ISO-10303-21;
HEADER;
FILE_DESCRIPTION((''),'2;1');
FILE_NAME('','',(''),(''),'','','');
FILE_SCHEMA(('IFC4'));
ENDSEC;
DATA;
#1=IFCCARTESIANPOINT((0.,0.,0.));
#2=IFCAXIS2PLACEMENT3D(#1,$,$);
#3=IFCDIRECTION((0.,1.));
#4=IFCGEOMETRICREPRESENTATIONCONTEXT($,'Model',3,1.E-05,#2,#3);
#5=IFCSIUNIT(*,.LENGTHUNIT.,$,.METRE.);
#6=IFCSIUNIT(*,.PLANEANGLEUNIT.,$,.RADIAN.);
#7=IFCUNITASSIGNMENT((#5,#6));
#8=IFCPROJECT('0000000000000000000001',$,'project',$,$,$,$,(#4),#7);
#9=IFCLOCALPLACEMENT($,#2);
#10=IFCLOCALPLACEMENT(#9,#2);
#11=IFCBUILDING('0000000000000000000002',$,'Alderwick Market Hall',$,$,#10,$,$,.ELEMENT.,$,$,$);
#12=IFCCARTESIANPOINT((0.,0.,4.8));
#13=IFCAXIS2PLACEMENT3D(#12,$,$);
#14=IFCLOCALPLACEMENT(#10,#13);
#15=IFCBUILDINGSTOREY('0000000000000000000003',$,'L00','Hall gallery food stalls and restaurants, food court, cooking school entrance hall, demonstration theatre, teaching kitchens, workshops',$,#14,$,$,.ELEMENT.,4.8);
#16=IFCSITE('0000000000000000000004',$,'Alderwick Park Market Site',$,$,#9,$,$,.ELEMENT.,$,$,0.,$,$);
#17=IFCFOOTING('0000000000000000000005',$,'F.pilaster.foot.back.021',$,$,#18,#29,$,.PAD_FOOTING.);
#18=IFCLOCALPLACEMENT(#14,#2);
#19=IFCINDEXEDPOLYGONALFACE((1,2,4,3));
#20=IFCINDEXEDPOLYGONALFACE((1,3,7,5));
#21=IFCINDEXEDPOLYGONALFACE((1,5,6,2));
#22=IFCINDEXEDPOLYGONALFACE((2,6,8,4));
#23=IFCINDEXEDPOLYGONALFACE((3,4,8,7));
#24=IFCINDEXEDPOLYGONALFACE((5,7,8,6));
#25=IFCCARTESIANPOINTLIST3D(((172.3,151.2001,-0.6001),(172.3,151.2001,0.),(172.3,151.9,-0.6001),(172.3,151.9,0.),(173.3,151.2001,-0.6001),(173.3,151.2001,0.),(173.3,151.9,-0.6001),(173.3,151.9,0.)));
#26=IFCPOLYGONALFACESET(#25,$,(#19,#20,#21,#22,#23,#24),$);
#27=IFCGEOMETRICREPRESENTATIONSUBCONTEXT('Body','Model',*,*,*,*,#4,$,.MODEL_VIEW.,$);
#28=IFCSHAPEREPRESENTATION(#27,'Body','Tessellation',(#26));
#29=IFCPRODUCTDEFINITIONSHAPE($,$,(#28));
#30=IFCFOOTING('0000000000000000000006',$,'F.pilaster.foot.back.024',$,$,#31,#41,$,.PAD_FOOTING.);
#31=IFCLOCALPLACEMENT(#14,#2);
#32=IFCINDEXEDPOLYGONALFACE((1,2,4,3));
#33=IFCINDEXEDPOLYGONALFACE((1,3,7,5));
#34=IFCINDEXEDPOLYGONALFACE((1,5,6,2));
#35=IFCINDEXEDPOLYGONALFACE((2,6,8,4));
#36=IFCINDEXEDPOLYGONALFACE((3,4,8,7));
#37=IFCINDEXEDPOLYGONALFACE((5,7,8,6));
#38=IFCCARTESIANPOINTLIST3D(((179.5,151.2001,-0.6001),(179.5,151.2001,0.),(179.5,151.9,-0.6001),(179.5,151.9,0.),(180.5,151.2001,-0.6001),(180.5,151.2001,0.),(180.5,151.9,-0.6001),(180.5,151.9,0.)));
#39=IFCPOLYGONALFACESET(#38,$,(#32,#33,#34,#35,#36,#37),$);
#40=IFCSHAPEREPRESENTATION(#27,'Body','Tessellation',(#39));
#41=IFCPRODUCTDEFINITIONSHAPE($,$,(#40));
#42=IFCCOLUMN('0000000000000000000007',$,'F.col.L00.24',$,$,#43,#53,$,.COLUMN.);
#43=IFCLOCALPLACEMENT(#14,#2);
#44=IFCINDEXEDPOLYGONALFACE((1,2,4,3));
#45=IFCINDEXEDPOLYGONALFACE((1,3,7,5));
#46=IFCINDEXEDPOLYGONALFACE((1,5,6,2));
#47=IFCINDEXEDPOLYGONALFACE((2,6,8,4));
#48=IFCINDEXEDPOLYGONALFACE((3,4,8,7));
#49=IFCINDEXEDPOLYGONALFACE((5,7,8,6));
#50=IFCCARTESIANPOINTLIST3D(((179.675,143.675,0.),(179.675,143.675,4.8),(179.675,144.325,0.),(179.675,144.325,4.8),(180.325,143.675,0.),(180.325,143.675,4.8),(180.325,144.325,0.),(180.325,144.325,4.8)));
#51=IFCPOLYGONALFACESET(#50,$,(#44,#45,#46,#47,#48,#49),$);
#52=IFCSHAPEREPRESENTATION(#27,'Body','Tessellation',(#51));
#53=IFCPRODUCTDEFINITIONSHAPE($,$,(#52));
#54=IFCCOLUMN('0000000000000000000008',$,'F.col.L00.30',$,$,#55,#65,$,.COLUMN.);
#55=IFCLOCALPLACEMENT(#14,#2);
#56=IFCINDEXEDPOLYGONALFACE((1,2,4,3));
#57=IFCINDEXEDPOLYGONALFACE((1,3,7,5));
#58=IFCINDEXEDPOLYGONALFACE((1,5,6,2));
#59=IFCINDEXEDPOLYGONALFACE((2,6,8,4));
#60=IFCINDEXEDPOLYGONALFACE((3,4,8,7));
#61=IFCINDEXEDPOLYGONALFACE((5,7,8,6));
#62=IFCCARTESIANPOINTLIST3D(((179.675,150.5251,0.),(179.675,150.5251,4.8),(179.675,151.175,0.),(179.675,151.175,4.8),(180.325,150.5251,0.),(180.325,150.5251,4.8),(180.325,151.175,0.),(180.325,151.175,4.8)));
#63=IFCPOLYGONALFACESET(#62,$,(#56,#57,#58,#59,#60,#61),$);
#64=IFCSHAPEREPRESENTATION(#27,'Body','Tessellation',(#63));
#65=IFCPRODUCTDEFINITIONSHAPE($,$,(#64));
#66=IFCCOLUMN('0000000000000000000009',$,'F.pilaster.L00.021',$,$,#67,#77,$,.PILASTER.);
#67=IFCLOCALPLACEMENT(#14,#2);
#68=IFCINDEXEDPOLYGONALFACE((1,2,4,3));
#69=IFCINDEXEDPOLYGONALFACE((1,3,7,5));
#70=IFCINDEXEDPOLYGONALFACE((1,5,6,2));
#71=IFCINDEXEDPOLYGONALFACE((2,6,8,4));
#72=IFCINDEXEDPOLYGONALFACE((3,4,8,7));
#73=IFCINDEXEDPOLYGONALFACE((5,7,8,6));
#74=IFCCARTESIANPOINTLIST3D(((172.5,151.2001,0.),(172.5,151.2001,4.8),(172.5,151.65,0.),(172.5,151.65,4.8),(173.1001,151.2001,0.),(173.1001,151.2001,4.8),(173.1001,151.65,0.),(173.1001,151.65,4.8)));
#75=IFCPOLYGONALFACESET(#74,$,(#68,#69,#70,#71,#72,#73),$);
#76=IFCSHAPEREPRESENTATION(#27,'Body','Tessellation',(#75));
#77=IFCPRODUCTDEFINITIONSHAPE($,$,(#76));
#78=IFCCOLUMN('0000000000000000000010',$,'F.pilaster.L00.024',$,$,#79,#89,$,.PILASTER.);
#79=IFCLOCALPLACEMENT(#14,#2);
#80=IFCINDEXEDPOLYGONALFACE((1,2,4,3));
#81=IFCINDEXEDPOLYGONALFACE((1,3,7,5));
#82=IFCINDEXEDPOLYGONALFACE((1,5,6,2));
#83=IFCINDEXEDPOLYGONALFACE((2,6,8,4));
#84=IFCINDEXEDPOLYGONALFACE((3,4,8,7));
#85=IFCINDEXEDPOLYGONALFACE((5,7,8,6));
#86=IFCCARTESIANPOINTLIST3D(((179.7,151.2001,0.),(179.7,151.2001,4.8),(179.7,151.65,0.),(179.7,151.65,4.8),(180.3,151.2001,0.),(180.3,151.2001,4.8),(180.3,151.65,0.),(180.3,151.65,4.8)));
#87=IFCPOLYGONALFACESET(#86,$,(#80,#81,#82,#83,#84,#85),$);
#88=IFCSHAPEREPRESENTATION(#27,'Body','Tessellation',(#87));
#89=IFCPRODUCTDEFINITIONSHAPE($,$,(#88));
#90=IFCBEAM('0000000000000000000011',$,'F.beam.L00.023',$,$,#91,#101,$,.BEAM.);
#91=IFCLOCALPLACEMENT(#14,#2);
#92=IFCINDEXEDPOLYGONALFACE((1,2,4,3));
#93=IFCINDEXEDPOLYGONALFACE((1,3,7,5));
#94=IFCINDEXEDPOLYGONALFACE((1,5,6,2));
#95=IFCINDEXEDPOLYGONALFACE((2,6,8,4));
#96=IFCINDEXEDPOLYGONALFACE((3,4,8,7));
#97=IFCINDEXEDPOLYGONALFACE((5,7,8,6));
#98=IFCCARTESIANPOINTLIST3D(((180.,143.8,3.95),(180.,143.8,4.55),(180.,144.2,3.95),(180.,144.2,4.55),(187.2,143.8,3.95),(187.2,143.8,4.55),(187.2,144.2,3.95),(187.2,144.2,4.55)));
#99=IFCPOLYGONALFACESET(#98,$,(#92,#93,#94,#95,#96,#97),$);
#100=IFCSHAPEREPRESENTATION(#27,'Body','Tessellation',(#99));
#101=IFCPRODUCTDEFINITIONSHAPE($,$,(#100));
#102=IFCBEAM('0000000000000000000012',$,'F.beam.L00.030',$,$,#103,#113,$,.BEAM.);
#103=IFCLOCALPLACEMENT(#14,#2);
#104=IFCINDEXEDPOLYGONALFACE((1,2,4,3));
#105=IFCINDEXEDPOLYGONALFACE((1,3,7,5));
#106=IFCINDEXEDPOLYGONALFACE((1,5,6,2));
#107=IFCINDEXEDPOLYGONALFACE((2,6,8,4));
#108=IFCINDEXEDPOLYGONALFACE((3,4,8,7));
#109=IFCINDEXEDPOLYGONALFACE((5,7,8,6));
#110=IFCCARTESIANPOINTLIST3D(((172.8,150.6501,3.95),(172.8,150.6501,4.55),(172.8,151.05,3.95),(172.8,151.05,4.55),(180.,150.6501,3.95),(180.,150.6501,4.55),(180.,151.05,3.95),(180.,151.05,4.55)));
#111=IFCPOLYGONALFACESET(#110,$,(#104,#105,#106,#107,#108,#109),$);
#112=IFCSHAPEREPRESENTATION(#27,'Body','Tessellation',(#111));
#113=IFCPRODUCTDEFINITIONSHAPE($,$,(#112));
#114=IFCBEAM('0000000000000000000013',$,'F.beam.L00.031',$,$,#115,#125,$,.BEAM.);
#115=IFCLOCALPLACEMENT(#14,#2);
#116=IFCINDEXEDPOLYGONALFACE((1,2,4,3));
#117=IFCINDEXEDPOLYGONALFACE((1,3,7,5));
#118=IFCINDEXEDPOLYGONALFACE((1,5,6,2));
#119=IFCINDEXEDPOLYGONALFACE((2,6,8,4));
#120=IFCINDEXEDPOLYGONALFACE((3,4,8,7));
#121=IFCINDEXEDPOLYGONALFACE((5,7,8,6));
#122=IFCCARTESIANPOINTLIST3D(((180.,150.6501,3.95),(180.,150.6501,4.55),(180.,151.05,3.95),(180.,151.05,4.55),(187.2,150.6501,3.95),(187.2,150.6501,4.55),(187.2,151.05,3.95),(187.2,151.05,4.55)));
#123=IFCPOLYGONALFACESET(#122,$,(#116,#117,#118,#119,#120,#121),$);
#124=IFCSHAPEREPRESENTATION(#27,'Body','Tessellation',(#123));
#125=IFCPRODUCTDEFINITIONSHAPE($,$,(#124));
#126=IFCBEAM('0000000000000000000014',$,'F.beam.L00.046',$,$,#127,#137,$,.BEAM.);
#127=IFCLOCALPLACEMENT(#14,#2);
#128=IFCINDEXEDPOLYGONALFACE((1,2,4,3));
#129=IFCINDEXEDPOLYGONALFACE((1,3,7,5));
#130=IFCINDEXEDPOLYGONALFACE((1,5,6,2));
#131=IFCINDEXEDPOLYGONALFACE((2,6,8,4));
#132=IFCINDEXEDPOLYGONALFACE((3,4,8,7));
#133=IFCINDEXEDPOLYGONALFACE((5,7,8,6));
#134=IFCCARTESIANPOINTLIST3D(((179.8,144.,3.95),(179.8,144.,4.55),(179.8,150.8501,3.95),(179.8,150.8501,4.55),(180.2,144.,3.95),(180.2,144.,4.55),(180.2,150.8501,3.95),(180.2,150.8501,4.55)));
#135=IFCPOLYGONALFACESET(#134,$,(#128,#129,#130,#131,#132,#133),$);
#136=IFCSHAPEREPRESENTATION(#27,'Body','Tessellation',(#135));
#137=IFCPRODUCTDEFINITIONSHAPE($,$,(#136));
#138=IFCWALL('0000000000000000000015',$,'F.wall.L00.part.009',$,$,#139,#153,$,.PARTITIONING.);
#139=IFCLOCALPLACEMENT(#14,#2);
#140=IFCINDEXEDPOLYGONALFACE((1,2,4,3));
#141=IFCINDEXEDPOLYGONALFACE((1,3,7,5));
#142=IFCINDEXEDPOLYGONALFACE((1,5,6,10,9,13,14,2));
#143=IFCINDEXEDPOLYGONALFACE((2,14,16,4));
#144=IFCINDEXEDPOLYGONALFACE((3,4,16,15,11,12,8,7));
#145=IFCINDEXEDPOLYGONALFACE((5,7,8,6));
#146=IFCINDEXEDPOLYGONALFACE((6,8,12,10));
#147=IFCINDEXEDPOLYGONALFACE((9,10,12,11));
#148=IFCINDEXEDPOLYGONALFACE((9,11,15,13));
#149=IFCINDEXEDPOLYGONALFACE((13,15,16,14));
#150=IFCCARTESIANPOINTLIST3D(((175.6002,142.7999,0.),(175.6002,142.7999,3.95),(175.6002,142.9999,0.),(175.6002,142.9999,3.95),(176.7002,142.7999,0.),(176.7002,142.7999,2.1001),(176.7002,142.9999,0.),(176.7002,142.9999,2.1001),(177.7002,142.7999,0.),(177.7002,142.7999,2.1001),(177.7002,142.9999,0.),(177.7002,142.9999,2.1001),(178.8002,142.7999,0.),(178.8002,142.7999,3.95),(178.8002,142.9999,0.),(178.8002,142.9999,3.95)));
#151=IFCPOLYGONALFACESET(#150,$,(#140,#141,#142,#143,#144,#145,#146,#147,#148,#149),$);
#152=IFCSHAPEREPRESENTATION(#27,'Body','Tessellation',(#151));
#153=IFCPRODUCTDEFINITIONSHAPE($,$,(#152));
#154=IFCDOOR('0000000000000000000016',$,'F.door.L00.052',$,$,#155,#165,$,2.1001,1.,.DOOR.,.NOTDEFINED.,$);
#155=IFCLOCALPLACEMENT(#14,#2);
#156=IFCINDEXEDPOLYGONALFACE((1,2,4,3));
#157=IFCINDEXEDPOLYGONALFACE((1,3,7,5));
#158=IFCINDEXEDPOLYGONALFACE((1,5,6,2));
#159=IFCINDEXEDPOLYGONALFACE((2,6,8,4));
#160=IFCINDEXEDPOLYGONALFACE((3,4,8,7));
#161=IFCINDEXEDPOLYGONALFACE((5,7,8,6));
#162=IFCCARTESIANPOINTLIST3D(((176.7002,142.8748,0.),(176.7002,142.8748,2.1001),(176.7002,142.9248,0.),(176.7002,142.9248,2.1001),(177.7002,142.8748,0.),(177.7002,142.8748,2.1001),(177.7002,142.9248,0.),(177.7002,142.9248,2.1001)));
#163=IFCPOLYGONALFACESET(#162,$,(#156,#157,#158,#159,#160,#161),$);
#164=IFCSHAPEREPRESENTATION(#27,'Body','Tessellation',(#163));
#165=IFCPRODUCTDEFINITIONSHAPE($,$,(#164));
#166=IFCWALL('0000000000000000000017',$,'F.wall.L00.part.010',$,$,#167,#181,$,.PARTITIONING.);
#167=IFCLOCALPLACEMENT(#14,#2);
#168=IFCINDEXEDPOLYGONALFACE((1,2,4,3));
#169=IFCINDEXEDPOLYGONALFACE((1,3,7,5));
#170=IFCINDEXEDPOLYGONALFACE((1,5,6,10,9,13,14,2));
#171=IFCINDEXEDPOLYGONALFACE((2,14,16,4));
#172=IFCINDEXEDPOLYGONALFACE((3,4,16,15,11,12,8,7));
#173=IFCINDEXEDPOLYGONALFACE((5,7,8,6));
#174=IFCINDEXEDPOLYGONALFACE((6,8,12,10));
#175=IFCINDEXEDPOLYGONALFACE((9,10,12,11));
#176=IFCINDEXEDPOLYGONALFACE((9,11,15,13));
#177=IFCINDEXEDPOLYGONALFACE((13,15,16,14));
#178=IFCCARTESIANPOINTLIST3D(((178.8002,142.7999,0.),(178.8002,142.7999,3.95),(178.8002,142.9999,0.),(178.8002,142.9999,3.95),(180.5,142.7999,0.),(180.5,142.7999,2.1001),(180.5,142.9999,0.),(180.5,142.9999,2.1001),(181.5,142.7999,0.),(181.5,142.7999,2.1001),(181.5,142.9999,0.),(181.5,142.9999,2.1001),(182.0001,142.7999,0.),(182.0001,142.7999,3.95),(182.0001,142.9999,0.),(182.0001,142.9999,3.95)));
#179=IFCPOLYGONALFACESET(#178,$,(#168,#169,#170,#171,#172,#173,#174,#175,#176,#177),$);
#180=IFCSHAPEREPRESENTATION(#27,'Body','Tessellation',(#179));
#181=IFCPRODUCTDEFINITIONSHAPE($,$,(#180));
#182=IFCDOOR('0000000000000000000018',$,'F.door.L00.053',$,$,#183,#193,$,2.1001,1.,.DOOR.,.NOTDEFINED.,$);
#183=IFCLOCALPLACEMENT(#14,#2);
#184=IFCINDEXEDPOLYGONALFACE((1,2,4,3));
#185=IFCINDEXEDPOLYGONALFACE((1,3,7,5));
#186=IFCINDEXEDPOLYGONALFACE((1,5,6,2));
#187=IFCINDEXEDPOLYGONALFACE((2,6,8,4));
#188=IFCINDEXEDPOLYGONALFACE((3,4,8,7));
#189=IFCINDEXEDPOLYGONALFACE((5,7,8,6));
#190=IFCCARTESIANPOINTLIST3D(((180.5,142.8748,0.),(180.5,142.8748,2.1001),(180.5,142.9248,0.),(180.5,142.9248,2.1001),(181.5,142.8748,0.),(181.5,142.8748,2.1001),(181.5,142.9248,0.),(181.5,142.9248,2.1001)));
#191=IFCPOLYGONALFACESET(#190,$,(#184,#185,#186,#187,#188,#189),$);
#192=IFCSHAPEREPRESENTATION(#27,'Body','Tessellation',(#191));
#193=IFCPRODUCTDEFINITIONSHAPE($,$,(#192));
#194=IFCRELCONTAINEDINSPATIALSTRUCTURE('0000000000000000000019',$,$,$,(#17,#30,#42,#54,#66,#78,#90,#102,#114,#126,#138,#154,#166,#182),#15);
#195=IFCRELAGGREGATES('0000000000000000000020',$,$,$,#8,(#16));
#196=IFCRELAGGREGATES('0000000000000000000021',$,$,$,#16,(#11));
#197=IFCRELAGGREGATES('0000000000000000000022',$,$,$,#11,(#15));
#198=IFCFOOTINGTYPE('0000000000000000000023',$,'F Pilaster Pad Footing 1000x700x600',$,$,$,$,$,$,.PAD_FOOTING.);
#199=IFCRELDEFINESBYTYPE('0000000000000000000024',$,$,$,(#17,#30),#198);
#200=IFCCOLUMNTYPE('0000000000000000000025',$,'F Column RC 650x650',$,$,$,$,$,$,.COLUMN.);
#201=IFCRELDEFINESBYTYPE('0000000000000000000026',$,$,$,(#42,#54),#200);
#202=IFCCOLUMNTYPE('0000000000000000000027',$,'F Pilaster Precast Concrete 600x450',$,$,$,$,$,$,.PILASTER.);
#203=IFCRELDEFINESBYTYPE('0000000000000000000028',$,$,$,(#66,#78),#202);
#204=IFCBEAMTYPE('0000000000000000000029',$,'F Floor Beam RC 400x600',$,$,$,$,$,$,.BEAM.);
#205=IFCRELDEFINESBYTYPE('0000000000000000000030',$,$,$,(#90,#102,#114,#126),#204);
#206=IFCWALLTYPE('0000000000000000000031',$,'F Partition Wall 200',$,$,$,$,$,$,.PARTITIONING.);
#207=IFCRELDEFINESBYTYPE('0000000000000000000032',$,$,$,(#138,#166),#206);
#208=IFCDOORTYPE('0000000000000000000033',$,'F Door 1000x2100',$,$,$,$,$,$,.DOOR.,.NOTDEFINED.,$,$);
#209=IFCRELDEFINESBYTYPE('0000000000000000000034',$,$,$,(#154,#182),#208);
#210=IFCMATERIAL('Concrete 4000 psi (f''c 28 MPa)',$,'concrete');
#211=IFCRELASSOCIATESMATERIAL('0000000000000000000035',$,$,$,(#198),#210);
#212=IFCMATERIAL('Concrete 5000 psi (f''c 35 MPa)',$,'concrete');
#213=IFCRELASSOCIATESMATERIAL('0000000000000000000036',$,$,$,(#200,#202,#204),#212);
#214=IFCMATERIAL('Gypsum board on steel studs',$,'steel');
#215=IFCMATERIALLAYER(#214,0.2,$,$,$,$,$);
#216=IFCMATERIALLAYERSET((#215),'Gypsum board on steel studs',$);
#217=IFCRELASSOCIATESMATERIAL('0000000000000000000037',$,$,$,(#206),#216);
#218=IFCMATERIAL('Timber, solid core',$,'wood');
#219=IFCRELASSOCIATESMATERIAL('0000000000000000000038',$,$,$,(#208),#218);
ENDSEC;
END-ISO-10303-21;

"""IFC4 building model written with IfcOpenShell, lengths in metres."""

from ifc_helpers import new_model, si_unit, direction, frame, frame_2d, origin, origin_2d, place, context, subcontext, project, spatial, rectangle, extrude, material, layer, layer_set, material_profile, profile_set, type_object, element, fill, save


model = new_model("IFC4")

# Units and contexts
model_context = context("Model", 3, precision=1e-05, world=origin(), true_north=direction((0.0, 1.0)))
body_context = subcontext(model_context, "Body", "Model", "MODEL_VIEW")
ifc_project = project(units=[si_unit("LENGTHUNIT", "METRE"), si_unit("PLANEANGLEUNIT", "RADIAN")], contexts=[model_context])

# Site, building, storey
site_placement = place(None, origin())
site = spatial("IfcSite", under=ifc_project, at=site_placement, Name="Alderwick Park Market Site", CompositionType="ELEMENT", RefElevation=0.0)
building_placement = place(site_placement, origin())
building = spatial("IfcBuilding", under=site, at=building_placement, Name="Alderwick Market Hall", CompositionType="ELEMENT")
storey_placement = place(building_placement, frame((0.0, 0.0, 4.8)))
storey = spatial("IfcBuildingStorey", under=building, at=storey_placement, Name="L00", Description="Hall gallery food stalls and restaurants, food court, cooking school entrance hall, demonstration theatre, teaching kitchens, workshops", CompositionType="ELEMENT", Elevation=4.8)

# Footings
ifc_material_1 = material(Name="Concrete 4000 psi (f'c 28 MPa)", Category="concrete")
footing_type = type_object("IfcFootingType", Name="F Pilaster Pad Footing 1000x700x600", PredefinedType="PAD_FOOTING", material=ifc_material_1)
for number, where, z_axis, x_axis, name in (
    (1, (172.8, 151.55, -0.6001), (0.0, 0.0, 1.0), (1.0, 0.0, 0.0), "F.pilaster.foot.back.021"),
    (2, (180.0, 151.55, -0.6001), (0.0, 0.0, 1.0), (1.0, 0.0, 0.0), "F.pilaster.foot.back.024"),
):
    element("IfcFooting", number, at=place(storey_placement, frame(where, z_axis=z_axis, x_axis=x_axis)), inside=storey, type_object=footing_type, Name=name, PredefinedType="PAD_FOOTING", context=body_context, shape_type="SweptSolid", body=[
        extrude(rectangle(XDim=1.0, YDim=0.7, at=origin_2d()), origin(), (0.0, 0.0, 1.0), 0.6001),
    ])

# Columns
ifc_material_2 = material(Name="Concrete 5000 psi (f'c 35 MPa)", Category="concrete")
ifc_material_profile_1 = material_profile(ifc_material_2, rectangle(XDim=0.6499, YDim=0.6499, at=origin_2d()), Name="RC 650x650")
ifc_profile_set_1 = profile_set([ifc_material_profile_1], Name="Concrete 5000 psi (f'c 35 MPa)")
column_type_1 = type_object("IfcColumnType", Name="F Column RC 650x650", PredefinedType="COLUMN", material=ifc_profile_set_1)
for number, where, z_axis, x_axis, name in (
    (3, (180.0, 144.0, 0.0), (0.0, 0.0, 1.0), (1.0, 0.0, 0.0), "F.col.L00.24"),
    (4, (180.0, 150.8501, 0.0), (0.0, 0.0, 1.0), (1.0, 0.0, 0.0), "F.col.L00.30"),
):
    element("IfcColumn", number, at=place(storey_placement, frame(where, z_axis=z_axis, x_axis=x_axis)), inside=storey, type_object=column_type_1, Name=name, PredefinedType="COLUMN", context=body_context, shape_type="SweptSolid", body=[
        extrude(rectangle(XDim=0.6499, YDim=0.6499, at=origin_2d()), origin(), (0.0, 0.0, 1.0), 4.8),
    ])
ifc_material_profile_2 = material_profile(ifc_material_2, rectangle(XDim=0.6001, YDim=0.45, at=origin_2d()), Name="PC 600x450")
ifc_profile_set_2 = profile_set([ifc_material_profile_2], Name="Concrete 5000 psi (f'c 35 MPa)")
column_type_2 = type_object("IfcColumnType", Name="F Pilaster Precast Concrete 600x450", PredefinedType="PILASTER", material=ifc_profile_set_2)
for number, where, z_axis, x_axis, name in (
    (5, (172.8, 151.425, 0.0), (0.0, 0.0, 1.0), (1.0, 0.0, 0.0), "F.pilaster.L00.021"),
    (6, (180.0, 151.425, 0.0), (0.0, 0.0, 1.0), (1.0, 0.0, 0.0), "F.pilaster.L00.024"),
):
    element("IfcColumn", number, at=place(storey_placement, frame(where, z_axis=z_axis, x_axis=x_axis)), inside=storey, type_object=column_type_2, Name=name, PredefinedType="PILASTER", context=body_context, shape_type="SweptSolid", body=[
        extrude(rectangle(XDim=0.6001, YDim=0.45, at=origin_2d()), origin(), (0.0, 0.0, 1.0), 4.8),
    ])

# Beams
ifc_material_profile_3 = material_profile(ifc_material_2, rectangle(XDim=0.3999, YDim=0.6001, at=origin_2d()), Name="RC 400x600")
ifc_profile_set_3 = profile_set([ifc_material_profile_3], Name="Concrete 5000 psi (f'c 35 MPa)")
beam_type = type_object("IfcBeamType", Name="F Floor Beam RC 400x600", PredefinedType="BEAM", material=ifc_profile_set_3)
for number, where, z_axis, x_axis, name in (
    (7, (180.0, 144.0, 4.25), (1.0, 0.0, 0.0), (0.0, 1.0, 0.0), "F.beam.L00.023"),
    (8, (172.8, 150.8501, 4.25), (1.0, 0.0, 0.0), (0.0, 1.0, 0.0), "F.beam.L00.030"),
    (9, (180.0, 150.8501, 4.25), (1.0, 0.0, 0.0), (0.0, 1.0, 0.0), "F.beam.L00.031"),
):
    element("IfcBeam", number, at=place(storey_placement, frame(where, z_axis=z_axis, x_axis=x_axis)), inside=storey, type_object=beam_type, Name=name, PredefinedType="BEAM", context=body_context, shape_type="SweptSolid", body=[
        extrude(rectangle(XDim=0.3999, YDim=0.6001, at=origin_2d()), origin(), (0.0, 0.0, 1.0), 7.2),
    ])
beam_placement = place(storey_placement, frame((180.0, 144.0, 4.25), z_axis=(0.0, 1.0, 0.0), x_axis=(-1.0, 0.0, 0.0)))
element("IfcBeam", 10, at=beam_placement, inside=storey, type_object=beam_type, Name="F.beam.L00.046", PredefinedType="BEAM", context=body_context, shape_type="SweptSolid", body=[
    extrude(rectangle(XDim=0.3999, YDim=0.6001, at=origin_2d()), origin(), (0.0, 0.0, 1.0), 6.8501),
])

# Walls, openings, doors
ifc_material_3 = material(Name="Gypsum board on steel studs", Category="steel")
ifc_layer_1 = layer(ifc_material_3, 0.2)
ifc_layer_set_1 = layer_set([ifc_layer_1], Name="Gypsum board on steel studs")
wall_type_1 = type_object("IfcWallType", Name="F Partition Wall 200", PredefinedType="PARTITIONING", material=ifc_layer_set_1)
wall_1_placement = place(storey_placement, frame((175.6001, 142.8999, 0.0), z_axis=(0.0, 0.0, 1.0), x_axis=(1.0, 0.0, 0.0)))
wall_1 = element("IfcWall", 11, at=wall_1_placement, inside=storey, type_object=wall_type_1, Name="F.wall.L00.part.009", PredefinedType="PARTITIONING", context=body_context, shape_type="SweptSolid", body=[
    extrude(rectangle(XDim=3.2, YDim=0.2, at=frame_2d((1.6001, 0.0))), origin(), (0.0, 0.0, 1.0), 3.95),
])
opening_1_placement = place(wall_1_placement, frame((1.1001, 0.0, 0.0)))
opening_1 = element("IfcOpeningElement", 12, at=opening_1_placement, cuts=wall_1, PredefinedType="OPENING", context=body_context, shape_type="SweptSolid", body=[
    extrude(rectangle(XDim=1.0, YDim=2.1001, at=frame_2d((0.5, 1.05))), frame((0.0, 0.1099, 0.0), z_axis=(0.0, -1.0, 0.0), x_axis=(1.0, 0.0, 0.0)), (0.0, 0.0, 1.0), 0.22),
])
ifc_material_4 = material(Name="Timber, solid core", Category="wood")
door_type = type_object("IfcDoorType", Name="F Door 1000x2100", OperationType="NOTDEFINED", PredefinedType="DOOR", material=ifc_material_4)
door_1_placement = place(opening_1_placement, origin())
door_1 = element("IfcDoor", 13, at=door_1_placement, inside=storey, type_object=door_type, Name="F.door.L00.052", OperationType="NOTDEFINED", OverallHeight=2.1001, OverallWidth=1.0, PredefinedType="DOOR", context=body_context, shape_type="SweptSolid", body=[
    extrude(rectangle(XDim=1.0, YDim=2.1001, at=frame_2d((0.5, 1.05))), frame((0.0, 0.0249, 0.0), z_axis=(0.0, -1.0, 0.0), x_axis=(1.0, 0.0, 0.0)), (0.0, 0.0, 1.0), 0.05),
])
fill(opening_1, door_1)
wall_2_placement = place(storey_placement, frame((178.8, 142.8999, 0.0), z_axis=(0.0, 0.0, 1.0), x_axis=(1.0, 0.0, 0.0)))
wall_2 = element("IfcWall", 14, at=wall_2_placement, inside=storey, type_object=wall_type_1, Name="F.wall.L00.part.010", PredefinedType="PARTITIONING", context=body_context, shape_type="SweptSolid", body=[
    extrude(rectangle(XDim=3.2, YDim=0.2, at=frame_2d((1.6001, 0.0))), origin(), (0.0, 0.0, 1.0), 3.95),
])
opening_2_placement = place(wall_2_placement, frame((1.7, 0.0, 0.0)))
opening_2 = element("IfcOpeningElement", 15, at=opening_2_placement, cuts=wall_2, PredefinedType="OPENING", context=body_context, shape_type="SweptSolid", body=[
    extrude(rectangle(XDim=1.0, YDim=2.1001, at=frame_2d((0.5, 1.05))), frame((0.0, 0.1099, 0.0), z_axis=(0.0, -1.0, 0.0), x_axis=(1.0, 0.0, 0.0)), (0.0, 0.0, 1.0), 0.22),
])
door_2_placement = place(opening_2_placement, origin())
door_2 = element("IfcDoor", 16, at=door_2_placement, inside=storey, type_object=door_type, Name="F.door.L00.053", OperationType="NOTDEFINED", OverallHeight=2.1001, OverallWidth=1.0, PredefinedType="DOOR", context=body_context, shape_type="SweptSolid", body=[
    extrude(rectangle(XDim=1.0, YDim=2.1001, at=frame_2d((0.5, 1.05))), frame((0.0, 0.0249, 0.0), z_axis=(0.0, -1.0, 0.0), x_axis=(1.0, 0.0, 0.0)), (0.0, 0.0, 1.0), 0.05),
])
fill(opening_2, door_2)

save(model, "model.ifc")
